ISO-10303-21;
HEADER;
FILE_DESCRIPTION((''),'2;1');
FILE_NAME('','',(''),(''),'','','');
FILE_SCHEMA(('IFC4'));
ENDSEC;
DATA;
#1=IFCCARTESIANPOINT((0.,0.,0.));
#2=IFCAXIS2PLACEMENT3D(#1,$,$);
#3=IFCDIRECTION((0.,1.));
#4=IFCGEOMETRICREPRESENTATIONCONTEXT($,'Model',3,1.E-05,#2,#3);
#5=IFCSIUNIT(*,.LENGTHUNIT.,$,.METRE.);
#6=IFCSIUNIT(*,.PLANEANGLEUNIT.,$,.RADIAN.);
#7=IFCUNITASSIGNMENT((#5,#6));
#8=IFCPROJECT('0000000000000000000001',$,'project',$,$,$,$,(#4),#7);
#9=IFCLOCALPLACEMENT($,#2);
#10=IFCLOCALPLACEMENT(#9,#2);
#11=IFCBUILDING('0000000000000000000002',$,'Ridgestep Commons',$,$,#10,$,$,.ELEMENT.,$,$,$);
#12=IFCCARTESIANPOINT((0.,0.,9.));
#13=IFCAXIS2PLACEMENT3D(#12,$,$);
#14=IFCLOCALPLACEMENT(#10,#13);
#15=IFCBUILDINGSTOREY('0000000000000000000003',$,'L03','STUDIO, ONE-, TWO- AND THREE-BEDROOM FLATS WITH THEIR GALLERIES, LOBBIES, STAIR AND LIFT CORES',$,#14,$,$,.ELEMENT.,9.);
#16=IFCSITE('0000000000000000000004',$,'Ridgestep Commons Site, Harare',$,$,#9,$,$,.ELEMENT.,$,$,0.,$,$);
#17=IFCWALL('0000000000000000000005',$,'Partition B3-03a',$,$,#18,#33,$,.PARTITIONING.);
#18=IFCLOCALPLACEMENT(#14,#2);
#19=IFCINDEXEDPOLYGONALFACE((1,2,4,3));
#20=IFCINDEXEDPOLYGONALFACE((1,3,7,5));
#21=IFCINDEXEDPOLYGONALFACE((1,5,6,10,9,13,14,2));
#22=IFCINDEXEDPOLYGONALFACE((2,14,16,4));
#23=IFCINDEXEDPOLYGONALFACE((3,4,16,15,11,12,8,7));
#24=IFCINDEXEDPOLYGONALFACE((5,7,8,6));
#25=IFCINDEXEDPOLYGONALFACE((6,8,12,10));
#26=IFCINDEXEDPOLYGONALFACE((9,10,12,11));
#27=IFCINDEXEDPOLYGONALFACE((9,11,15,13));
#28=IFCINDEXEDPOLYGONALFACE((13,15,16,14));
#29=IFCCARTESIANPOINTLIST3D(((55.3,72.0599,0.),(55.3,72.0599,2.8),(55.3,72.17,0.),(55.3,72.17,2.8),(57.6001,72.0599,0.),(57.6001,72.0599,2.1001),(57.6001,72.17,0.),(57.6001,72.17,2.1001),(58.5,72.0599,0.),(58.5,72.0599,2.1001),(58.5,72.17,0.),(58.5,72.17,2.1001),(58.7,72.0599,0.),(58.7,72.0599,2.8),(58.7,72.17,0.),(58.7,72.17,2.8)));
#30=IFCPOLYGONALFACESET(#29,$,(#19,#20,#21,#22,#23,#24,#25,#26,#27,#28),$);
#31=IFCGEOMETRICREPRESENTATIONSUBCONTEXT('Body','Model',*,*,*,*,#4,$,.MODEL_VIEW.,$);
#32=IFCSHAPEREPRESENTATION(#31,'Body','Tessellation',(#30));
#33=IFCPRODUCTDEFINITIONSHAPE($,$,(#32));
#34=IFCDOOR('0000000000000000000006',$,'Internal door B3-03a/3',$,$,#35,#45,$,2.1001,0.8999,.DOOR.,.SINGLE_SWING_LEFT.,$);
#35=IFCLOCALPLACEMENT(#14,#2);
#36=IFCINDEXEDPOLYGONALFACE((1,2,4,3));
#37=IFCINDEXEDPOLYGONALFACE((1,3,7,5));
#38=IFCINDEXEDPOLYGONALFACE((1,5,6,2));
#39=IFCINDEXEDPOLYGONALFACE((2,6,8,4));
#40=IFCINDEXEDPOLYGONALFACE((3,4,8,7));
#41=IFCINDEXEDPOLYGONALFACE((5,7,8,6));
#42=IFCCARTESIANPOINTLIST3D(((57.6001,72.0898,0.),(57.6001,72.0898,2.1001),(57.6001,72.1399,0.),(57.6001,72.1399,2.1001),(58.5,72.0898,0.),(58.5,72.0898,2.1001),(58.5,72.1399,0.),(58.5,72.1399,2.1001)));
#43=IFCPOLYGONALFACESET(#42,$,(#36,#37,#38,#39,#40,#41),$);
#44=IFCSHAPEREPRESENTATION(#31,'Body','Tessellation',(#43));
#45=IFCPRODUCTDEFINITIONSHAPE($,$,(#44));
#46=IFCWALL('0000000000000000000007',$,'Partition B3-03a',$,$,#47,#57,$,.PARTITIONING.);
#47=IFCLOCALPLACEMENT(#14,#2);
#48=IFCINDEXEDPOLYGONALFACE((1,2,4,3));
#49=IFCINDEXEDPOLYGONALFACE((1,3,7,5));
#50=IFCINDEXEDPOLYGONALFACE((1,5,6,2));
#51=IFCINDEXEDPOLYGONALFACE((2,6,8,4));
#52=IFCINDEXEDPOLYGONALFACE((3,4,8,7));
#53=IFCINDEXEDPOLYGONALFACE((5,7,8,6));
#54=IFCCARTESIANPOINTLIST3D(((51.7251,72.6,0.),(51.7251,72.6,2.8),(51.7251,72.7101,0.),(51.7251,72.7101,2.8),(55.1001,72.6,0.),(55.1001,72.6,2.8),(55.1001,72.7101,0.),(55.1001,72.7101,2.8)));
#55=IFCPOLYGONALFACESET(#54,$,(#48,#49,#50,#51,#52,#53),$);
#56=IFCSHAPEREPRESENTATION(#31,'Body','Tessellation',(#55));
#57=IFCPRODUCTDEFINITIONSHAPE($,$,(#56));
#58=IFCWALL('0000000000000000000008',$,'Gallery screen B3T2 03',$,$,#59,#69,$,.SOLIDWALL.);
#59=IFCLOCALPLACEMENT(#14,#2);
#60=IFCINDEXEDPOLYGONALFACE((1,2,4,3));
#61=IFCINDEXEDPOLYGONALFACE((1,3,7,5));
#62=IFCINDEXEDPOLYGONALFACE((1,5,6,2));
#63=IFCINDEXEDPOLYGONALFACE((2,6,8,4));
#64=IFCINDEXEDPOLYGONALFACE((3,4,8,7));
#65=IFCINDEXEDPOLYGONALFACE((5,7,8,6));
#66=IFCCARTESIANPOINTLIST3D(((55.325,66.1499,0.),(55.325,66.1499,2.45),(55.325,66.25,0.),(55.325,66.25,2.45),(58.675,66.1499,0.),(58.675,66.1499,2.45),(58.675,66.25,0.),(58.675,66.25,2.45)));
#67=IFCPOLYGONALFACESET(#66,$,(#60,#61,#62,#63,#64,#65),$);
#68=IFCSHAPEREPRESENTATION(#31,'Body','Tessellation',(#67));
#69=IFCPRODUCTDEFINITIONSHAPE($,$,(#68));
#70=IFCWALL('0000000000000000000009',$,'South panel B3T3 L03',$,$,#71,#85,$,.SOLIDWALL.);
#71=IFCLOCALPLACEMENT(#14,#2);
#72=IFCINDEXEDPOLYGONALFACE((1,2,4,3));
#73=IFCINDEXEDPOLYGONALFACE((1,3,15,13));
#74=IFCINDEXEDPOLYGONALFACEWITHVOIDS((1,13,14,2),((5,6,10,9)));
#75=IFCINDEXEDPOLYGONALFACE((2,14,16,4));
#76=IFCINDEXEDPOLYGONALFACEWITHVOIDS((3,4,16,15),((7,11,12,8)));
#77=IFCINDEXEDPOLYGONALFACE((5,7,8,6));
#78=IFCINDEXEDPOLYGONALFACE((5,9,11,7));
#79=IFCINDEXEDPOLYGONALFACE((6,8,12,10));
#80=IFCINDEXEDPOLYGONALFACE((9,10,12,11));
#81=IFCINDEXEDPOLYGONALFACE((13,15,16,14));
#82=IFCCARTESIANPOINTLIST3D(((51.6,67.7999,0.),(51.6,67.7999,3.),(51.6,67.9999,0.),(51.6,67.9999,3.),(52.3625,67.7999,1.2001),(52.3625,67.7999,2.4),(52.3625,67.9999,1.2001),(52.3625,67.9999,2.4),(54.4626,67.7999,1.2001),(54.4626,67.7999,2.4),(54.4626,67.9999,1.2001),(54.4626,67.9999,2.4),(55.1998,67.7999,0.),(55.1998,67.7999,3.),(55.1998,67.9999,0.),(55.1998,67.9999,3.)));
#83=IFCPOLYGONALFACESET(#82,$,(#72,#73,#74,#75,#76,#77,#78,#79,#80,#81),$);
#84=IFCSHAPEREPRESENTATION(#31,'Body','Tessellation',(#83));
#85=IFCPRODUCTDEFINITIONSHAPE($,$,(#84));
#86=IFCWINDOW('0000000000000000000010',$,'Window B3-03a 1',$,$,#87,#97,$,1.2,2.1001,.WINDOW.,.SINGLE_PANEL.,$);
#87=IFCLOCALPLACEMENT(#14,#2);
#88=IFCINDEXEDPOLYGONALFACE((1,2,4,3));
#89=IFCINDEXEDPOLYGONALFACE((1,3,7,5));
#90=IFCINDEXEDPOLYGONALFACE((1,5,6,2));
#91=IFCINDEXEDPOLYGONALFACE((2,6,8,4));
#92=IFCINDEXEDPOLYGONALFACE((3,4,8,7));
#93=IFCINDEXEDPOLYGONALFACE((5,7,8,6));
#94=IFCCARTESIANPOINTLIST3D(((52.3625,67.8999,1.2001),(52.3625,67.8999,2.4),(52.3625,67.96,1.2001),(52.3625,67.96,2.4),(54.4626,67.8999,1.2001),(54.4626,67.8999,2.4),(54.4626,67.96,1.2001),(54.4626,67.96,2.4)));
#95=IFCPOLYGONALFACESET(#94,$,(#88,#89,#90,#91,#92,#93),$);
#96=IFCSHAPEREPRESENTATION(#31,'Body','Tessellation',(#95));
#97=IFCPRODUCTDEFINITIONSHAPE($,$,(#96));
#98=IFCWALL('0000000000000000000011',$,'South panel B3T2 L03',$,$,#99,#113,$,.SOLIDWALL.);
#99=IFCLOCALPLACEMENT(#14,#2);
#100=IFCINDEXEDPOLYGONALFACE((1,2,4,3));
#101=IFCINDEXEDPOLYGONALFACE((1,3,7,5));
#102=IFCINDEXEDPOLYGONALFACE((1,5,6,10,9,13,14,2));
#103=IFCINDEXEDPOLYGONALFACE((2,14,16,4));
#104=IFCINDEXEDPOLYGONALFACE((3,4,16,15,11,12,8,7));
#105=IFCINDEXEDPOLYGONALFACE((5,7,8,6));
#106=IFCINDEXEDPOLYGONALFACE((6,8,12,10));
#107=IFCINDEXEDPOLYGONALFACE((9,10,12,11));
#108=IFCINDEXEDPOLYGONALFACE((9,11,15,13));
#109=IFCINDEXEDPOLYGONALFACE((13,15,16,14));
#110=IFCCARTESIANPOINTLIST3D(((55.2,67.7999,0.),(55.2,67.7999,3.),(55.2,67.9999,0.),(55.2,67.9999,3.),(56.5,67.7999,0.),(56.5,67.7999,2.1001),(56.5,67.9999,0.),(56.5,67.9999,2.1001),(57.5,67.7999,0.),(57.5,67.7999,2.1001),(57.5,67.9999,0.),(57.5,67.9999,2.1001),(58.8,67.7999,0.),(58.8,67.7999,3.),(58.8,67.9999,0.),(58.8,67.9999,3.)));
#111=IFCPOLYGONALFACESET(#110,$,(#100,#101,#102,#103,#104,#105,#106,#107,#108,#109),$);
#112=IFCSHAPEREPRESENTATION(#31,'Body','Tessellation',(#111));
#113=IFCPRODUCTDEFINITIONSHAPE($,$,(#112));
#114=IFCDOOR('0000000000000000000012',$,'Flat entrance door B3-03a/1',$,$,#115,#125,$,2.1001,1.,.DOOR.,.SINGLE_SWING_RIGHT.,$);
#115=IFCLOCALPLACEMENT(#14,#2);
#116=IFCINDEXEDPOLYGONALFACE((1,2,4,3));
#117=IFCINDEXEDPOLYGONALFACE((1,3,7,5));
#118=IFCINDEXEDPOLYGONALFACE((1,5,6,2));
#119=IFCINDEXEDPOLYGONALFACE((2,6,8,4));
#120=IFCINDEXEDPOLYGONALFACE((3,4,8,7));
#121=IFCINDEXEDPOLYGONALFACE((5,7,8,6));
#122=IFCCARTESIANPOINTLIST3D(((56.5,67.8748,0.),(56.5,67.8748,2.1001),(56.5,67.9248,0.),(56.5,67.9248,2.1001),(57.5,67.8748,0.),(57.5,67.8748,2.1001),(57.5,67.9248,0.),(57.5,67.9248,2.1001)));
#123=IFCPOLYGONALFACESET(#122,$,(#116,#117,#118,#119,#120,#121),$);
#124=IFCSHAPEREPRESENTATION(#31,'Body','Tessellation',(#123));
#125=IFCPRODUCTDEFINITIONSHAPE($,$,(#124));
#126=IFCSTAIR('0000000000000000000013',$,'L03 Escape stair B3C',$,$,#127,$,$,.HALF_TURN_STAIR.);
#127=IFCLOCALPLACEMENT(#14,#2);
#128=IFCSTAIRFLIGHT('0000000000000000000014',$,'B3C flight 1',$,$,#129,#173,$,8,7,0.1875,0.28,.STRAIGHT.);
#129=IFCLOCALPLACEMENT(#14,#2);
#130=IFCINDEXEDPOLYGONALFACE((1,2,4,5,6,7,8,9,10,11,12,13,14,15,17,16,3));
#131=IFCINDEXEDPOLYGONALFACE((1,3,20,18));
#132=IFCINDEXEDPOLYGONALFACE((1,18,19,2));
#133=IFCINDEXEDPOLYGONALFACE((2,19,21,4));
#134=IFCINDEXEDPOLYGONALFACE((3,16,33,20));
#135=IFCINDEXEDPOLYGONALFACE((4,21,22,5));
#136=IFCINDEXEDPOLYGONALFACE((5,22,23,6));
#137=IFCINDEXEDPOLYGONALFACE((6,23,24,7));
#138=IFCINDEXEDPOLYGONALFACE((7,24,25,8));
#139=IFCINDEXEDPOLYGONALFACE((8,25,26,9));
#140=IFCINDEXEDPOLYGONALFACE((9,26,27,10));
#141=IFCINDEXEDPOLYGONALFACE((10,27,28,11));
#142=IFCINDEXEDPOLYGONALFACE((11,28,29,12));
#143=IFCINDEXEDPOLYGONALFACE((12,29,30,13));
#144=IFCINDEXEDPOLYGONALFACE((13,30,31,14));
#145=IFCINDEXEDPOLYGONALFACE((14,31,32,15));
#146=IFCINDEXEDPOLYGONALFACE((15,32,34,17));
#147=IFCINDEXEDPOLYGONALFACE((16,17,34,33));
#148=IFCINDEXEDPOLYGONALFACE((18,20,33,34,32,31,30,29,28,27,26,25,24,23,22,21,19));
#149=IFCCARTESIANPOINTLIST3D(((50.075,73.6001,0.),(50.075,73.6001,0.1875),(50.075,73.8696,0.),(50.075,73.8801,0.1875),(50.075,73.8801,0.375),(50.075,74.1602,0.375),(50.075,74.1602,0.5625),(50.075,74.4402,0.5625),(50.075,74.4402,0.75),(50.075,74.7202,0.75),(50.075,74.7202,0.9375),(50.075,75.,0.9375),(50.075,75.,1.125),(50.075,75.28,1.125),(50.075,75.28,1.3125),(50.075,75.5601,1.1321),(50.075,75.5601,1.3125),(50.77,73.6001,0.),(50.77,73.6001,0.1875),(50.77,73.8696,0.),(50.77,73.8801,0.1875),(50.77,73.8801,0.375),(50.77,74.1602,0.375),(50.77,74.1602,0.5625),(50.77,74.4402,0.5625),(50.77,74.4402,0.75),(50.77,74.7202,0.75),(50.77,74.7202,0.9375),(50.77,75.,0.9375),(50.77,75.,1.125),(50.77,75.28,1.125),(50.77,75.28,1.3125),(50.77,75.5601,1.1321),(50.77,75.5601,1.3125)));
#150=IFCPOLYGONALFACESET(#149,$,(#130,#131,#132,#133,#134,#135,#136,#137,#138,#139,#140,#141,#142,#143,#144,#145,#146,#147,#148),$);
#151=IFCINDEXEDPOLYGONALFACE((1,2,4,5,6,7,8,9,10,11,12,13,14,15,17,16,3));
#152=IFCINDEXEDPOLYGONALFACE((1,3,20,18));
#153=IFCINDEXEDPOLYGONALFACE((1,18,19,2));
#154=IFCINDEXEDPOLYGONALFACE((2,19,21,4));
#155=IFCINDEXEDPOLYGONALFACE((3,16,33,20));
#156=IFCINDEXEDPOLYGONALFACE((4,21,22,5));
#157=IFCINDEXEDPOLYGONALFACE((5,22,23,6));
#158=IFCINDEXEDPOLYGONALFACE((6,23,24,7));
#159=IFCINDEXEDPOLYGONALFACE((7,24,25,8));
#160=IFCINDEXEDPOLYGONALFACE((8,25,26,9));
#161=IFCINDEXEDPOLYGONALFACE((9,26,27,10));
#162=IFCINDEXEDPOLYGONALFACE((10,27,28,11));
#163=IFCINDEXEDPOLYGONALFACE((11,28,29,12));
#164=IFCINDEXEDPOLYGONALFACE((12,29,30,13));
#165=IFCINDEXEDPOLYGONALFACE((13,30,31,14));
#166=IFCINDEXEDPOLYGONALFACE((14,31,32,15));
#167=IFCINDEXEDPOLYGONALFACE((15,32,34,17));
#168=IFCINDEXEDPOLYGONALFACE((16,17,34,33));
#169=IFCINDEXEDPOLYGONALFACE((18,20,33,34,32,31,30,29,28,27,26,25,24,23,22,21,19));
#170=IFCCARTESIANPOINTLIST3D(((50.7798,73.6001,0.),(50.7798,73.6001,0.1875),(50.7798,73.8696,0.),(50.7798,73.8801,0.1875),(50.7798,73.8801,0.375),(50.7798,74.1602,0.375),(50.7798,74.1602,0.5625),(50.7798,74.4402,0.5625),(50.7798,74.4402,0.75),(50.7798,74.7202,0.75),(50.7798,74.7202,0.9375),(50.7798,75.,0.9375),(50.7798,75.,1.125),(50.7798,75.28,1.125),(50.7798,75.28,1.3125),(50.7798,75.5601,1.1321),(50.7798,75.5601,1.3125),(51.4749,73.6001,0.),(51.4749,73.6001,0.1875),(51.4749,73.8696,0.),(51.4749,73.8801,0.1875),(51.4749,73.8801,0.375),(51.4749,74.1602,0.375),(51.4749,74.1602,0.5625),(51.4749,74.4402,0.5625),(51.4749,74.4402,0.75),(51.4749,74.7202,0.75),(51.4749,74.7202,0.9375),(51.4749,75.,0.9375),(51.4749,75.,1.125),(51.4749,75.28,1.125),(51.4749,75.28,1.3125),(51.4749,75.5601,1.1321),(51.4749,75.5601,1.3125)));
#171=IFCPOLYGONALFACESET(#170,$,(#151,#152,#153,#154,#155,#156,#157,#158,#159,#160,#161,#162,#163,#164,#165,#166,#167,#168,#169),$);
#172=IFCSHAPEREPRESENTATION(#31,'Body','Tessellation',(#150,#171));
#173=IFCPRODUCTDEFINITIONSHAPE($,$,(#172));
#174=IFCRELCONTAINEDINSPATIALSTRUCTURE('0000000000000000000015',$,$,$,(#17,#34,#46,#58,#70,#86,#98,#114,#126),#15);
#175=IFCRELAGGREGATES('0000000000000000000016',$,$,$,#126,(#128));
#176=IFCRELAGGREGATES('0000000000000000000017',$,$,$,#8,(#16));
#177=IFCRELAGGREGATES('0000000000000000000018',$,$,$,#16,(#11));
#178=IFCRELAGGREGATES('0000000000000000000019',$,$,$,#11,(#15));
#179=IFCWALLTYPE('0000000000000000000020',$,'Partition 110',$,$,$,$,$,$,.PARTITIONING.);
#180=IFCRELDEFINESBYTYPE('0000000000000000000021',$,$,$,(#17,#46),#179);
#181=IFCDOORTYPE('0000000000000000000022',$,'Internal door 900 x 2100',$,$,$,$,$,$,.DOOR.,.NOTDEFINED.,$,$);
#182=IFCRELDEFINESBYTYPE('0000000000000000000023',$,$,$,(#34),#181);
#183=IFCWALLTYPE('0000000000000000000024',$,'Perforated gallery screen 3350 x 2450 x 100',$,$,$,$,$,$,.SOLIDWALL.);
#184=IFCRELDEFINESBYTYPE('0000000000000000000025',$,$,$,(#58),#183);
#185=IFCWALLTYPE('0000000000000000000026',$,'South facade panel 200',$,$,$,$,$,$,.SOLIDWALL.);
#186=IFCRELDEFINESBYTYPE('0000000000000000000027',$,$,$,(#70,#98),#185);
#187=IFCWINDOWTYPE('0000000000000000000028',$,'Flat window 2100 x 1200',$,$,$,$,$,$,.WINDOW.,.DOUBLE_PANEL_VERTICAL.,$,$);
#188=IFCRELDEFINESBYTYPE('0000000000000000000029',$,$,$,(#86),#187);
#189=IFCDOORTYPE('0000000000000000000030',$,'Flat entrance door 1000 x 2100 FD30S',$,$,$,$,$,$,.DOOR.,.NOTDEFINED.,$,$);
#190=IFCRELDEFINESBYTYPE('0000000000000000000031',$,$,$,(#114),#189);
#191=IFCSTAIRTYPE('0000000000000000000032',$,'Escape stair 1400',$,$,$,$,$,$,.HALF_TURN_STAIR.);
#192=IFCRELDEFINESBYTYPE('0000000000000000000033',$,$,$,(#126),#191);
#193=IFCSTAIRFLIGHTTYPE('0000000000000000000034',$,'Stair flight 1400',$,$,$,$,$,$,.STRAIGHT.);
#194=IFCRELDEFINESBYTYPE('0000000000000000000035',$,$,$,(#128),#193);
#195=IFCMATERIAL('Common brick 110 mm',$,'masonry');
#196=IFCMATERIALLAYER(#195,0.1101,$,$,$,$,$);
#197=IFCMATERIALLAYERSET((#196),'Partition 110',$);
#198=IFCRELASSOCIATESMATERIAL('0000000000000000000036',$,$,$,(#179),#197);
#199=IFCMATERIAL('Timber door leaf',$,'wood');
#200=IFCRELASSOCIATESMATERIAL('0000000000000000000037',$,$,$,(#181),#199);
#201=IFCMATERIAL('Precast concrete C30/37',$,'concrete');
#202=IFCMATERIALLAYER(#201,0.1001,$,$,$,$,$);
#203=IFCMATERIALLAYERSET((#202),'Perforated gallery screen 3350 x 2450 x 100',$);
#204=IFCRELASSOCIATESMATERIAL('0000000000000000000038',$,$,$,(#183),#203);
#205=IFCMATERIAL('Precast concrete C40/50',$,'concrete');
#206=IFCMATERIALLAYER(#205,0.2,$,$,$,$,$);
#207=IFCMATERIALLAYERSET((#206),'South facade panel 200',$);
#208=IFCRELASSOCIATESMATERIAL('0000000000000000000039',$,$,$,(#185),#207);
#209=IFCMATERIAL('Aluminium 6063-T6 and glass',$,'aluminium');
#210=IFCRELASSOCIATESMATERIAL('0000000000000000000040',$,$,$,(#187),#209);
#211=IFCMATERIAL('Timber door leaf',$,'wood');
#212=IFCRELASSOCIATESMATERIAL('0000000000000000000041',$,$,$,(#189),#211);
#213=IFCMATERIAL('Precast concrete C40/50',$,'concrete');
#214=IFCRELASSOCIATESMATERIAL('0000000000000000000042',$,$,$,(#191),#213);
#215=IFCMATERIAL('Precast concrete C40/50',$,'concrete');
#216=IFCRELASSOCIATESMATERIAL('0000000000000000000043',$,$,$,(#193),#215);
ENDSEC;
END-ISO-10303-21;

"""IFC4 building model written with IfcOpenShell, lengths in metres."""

from ifc_helpers import new_model, si_unit, direction, frame, frame_2d, origin, place, context, subcontext, project, spatial, polyline, rectangle, outline, extrude, material, layer, layer_set, type_object, element, fill, aggregate, save


model = new_model("IFC4")

# Units and contexts
model_context = context("Model", 3, precision=1e-05, world=origin(), true_north=direction((0.0, 1.0)))
body_context = subcontext(model_context, "Body", "Model", "MODEL_VIEW")
ifc_project = project(units=[si_unit("LENGTHUNIT", "METRE"), si_unit("PLANEANGLEUNIT", "RADIAN")], contexts=[model_context])

# Site, building, storey
site_placement = place(None, origin())
site = spatial("IfcSite", under=ifc_project, at=site_placement, Name="Ridgestep Commons Site, Harare", CompositionType="ELEMENT", RefElevation=0.0)
building_placement = place(site_placement, origin())
building = spatial("IfcBuilding", under=site, at=building_placement, Name="Ridgestep Commons", CompositionType="ELEMENT")
storey_placement = place(building_placement, frame((0.0, 0.0, 9.0)))
storey = spatial("IfcBuildingStorey", under=building, at=storey_placement, Name="L03", Description="STUDIO, ONE-, TWO- AND THREE-BEDROOM FLATS WITH THEIR GALLERIES, LOBBIES, STAIR AND LIFT CORES", CompositionType="ELEMENT", Elevation=9.0)

# Wall, opening, door
ifc_material_1 = material(Name="Common brick 110 mm", Category="masonry")
ifc_layer_1 = layer(ifc_material_1, 0.1101)
ifc_layer_set_1 = layer_set([ifc_layer_1], Name="Partition 110")
wall_type_1 = type_object("IfcWallType", Name="Partition 110", PredefinedType="PARTITIONING", material=ifc_layer_set_1)
wall_1_placement = place(storey_placement, frame((55.3, 72.115, 0.0), z_axis=(0.0, 0.0, 1.0), x_axis=(1.0, 0.0, 0.0)))
wall_1 = element("IfcWall", 1, at=wall_1_placement, inside=storey, type_object=wall_type_1, Name="Partition B3-03a", PredefinedType="PARTITIONING", context=body_context, shape_type="SweptSolid", body=[
    extrude(rectangle(XDim=3.3999, YDim=0.1101, at=frame_2d((1.7, 0.0))), origin(), (0.0, 0.0, 1.0), 2.8),
])
opening_1_placement = place(wall_1_placement, frame((2.3, 0.0, 0.0)))
opening_1 = element("IfcOpeningElement", 2, at=opening_1_placement, cuts=wall_1, PredefinedType="OPENING", context=body_context, shape_type="SweptSolid", body=[
    extrude(rectangle(XDim=0.8999, YDim=2.1001, at=frame_2d((0.45, 1.05))), frame((0.0, 0.0649, 0.0), z_axis=(0.0, -1.0, 0.0), x_axis=(1.0, 0.0, 0.0)), (0.0, 0.0, 1.0), 0.1301),
])
ifc_material_2 = material(Name="Timber door leaf", Category="wood")
door_type_1 = type_object("IfcDoorType", Name="Internal door 900 x 2100", OperationType="NOTDEFINED", PredefinedType="DOOR", material=ifc_material_2)
door_1_placement = place(opening_1_placement, origin())
door_1 = element("IfcDoor", 3, at=door_1_placement, inside=storey, type_object=door_type_1, Name="Internal door B3-03a/3", OperationType="SINGLE_SWING_LEFT", OverallHeight=2.1001, OverallWidth=0.8999, PredefinedType="DOOR", context=body_context, shape_type="SweptSolid", body=[
    extrude(rectangle(XDim=0.8999, YDim=2.1001, at=frame_2d((0.45, 1.05))), frame((0.0, 0.0249, 0.0), z_axis=(0.0, -1.0, 0.0), x_axis=(1.0, 0.0, 0.0)), (0.0, 0.0, 1.0), 0.05),
])
fill(opening_1, door_1)

# Walls
wall_2_placement = place(storey_placement, frame((51.7251, 72.655, 0.0), z_axis=(0.0, 0.0, 1.0), x_axis=(1.0, 0.0, 0.0)))
element("IfcWall", 4, at=wall_2_placement, inside=storey, type_object=wall_type_1, Name="Partition B3-03a", PredefinedType="PARTITIONING", context=body_context, shape_type="SweptSolid", body=[
    extrude(rectangle(XDim=3.375, YDim=0.1101, at=frame_2d((1.6875, 0.0))), origin(), (0.0, 0.0, 1.0), 2.8),
])
ifc_material_3 = material(Name="Precast concrete C30/37", Category="concrete")
ifc_layer_2 = layer(ifc_material_3, 0.1001)
ifc_layer_set_2 = layer_set([ifc_layer_2], Name="Perforated gallery screen 3350 x 2450 x 100")
wall_type_2 = type_object("IfcWallType", Name="Perforated gallery screen 3350 x 2450 x 100", PredefinedType="SOLIDWALL", material=ifc_layer_set_2)
wall_3_placement = place(storey_placement, frame((55.325, 66.2, 0.0), z_axis=(0.0, 0.0, 1.0), x_axis=(1.0, 0.0, 0.0)))
element("IfcWall", 5, at=wall_3_placement, inside=storey, type_object=wall_type_2, Name="Gallery screen B3T2 03", PredefinedType="SOLIDWALL", context=body_context, shape_type="SweptSolid", body=[
    extrude(rectangle(XDim=3.3501, YDim=0.1001, at=frame_2d((1.675, 0.0))), origin(), (0.0, 0.0, 1.0), 2.45),
])

# Wall, opening, window
ifc_material_4 = material(Name="Precast concrete C40/50", Category="concrete")
ifc_layer_3 = layer(ifc_material_4, 0.2)
ifc_layer_set_3 = layer_set([ifc_layer_3], Name="South facade panel 200")
wall_type_3 = type_object("IfcWallType", Name="South facade panel 200", PredefinedType="SOLIDWALL", material=ifc_layer_set_3)
wall_4_placement = place(storey_placement, frame((51.6001, 67.8999, 0.0), z_axis=(0.0, 0.0, 1.0), x_axis=(1.0, 0.0, 0.0)))
wall_4 = element("IfcWall", 6, at=wall_4_placement, inside=storey, type_object=wall_type_3, Name="South panel B3T3 L03", PredefinedType="SOLIDWALL", context=body_context, shape_type="SweptSolid", body=[
    extrude(rectangle(XDim=3.5999, YDim=0.2, at=frame_2d((1.7998, 0.0))), origin(), (0.0, 0.0, 1.0), 3.0),
])
opening_2_placement = place(wall_4_placement, frame((0.7625, 0.0, 1.2)))
opening_2 = element("IfcOpeningElement", 7, at=opening_2_placement, cuts=wall_4, PredefinedType="OPENING", context=body_context, shape_type="SweptSolid", body=[
    extrude(rectangle(XDim=2.1001, YDim=1.2, at=frame_2d((1.05, 0.6001))), frame((0.0, 0.1099, 0.0), z_axis=(0.0, -1.0, 0.0), x_axis=(1.0, 0.0, 0.0)), (0.0, 0.0, 1.0), 0.22),
])
ifc_material_5 = material(Name="Aluminium 6063-T6 and glass", Category="aluminium")
window_type = type_object("IfcWindowType", Name="Flat window 2100 x 1200", PartitioningType="DOUBLE_PANEL_VERTICAL", PredefinedType="WINDOW", material=ifc_material_5)
window_placement = place(opening_2_placement, origin())
window = element("IfcWindow", 8, at=window_placement, inside=storey, type_object=window_type, Name="Window B3-03a 1", OverallHeight=1.2, OverallWidth=2.1001, PartitioningType="SINGLE_PANEL", PredefinedType="WINDOW", context=body_context, shape_type="SweptSolid", body=[
    extrude(rectangle(XDim=2.1001, YDim=1.2, at=frame_2d((1.05, 0.6001))), frame((0.0, 0.0601, 0.0), z_axis=(0.0, -1.0, 0.0), x_axis=(1.0, 0.0, 0.0)), (0.0, 0.0, 1.0), 0.0601),
])
fill(opening_2, window)

# Wall, opening, door
wall_5_placement = place(storey_placement, frame((55.2, 67.8999, 0.0), z_axis=(0.0, 0.0, 1.0), x_axis=(1.0, 0.0, 0.0)))
wall_5 = element("IfcWall", 9, at=wall_5_placement, inside=storey, type_object=wall_type_3, Name="South panel B3T2 L03", PredefinedType="SOLIDWALL", context=body_context, shape_type="SweptSolid", body=[
    extrude(rectangle(XDim=3.6001, YDim=0.2, at=frame_2d((1.8, 0.0))), origin(), (0.0, 0.0, 1.0), 3.0),
])
opening_3_placement = place(wall_5_placement, frame((1.3, 0.0, 0.0)))
opening_3 = element("IfcOpeningElement", 10, at=opening_3_placement, cuts=wall_5, PredefinedType="OPENING", context=body_context, shape_type="SweptSolid", body=[
    extrude(rectangle(XDim=1.0, YDim=2.1001, at=frame_2d((0.5, 1.05))), frame((0.0, 0.1099, 0.0), z_axis=(0.0, -1.0, 0.0), x_axis=(1.0, 0.0, 0.0)), (0.0, 0.0, 1.0), 0.22),
])
ifc_material_6 = material(Name="Timber door leaf", Category="wood")
door_type_2 = type_object("IfcDoorType", Name="Flat entrance door 1000 x 2100 FD30S", OperationType="NOTDEFINED", PredefinedType="DOOR", material=ifc_material_6)
door_2_placement = place(opening_3_placement, origin())
door_2 = element("IfcDoor", 11, at=door_2_placement, inside=storey, type_object=door_type_2, Name="Flat entrance door B3-03a/1", OperationType="SINGLE_SWING_RIGHT", OverallHeight=2.1001, OverallWidth=1.0, PredefinedType="DOOR", context=body_context, shape_type="SweptSolid", body=[
    extrude(rectangle(XDim=1.0, YDim=2.1001, at=frame_2d((0.5, 1.05))), frame((0.0, 0.0249, 0.0), z_axis=(0.0, -1.0, 0.0), x_axis=(1.0, 0.0, 0.0)), (0.0, 0.0, 1.0), 0.05),
])
fill(opening_3, door_2)

# Stair, stair flight
ifc_material_7 = material(Name="Precast concrete C40/50", Category="concrete")
stair_type = type_object("IfcStairType", Name="Escape stair 1400", PredefinedType="HALF_TURN_STAIR", material=ifc_material_7)
stair_placement = place(storey_placement, origin())
stair = element("IfcStair", 12, at=stair_placement, inside=storey, type_object=stair_type, Name="L03 Escape stair B3C", PredefinedType="HALF_TURN_STAIR")
ifc_material_8 = material(Name="Precast concrete C40/50", Category="concrete")
stair_flight_type = type_object("IfcStairFlightType", Name="Stair flight 1400", PredefinedType="STRAIGHT", material=ifc_material_8)
stair_flight_placement = place(storey_placement, frame((50.7749, 73.6001, 0.0), z_axis=(0.0, 0.0, 1.0), x_axis=(0.0, 1.0, 0.0)))
stair_flight = element("IfcStairFlight", 13, at=stair_flight_placement, type_object=stair_flight_type, Name="B3C flight 1", NumberOfRisers=8, NumberOfTreads=7, PredefinedType="STRAIGHT", RiserHeight=0.1875, TreadLength=0.28, context=body_context, shape_type="SweptSolid", body=[
    extrude(outline(polyline([(0.0, 0.0), (0.0, 0.1875), (0.28, 0.1875), (0.28, 0.375), (0.5601, 0.375), (0.5601, 0.5625), (0.8401, 0.5625), (0.8401, 0.75), (1.1201, 0.75), (1.1201, 0.9375), (1.3999, 0.9375), (1.3999, 1.125), (1.6799, 1.125), (1.6799, 1.3125), (1.96, 1.3125), (1.96, 1.5), (1.96, 1.1321), (0.2695, 0.0), (0.0, 0.0)])), frame((0.0, 0.7, 0.0), z_axis=(0.0, -1.0, 0.0), x_axis=(1.0, 0.0, 0.0)), (0.0, 0.0, 1.0), 0.6951),
    extrude(outline(polyline([(0.0, 0.0), (0.0, 0.1875), (0.28, 0.1875), (0.28, 0.375), (0.5601, 0.375), (0.5601, 0.5625), (0.8401, 0.5625), (0.8401, 0.75), (1.1201, 0.75), (1.1201, 0.9375), (1.3999, 0.9375), (1.3999, 1.125), (1.6799, 1.125), (1.6799, 1.3125), (1.96, 1.3125), (1.96, 1.5), (1.96, 1.1321), (0.2695, 0.0), (0.0, 0.0)])), frame((0.0, -0.0049, 0.0), z_axis=(0.0, -1.0, 0.0), x_axis=(1.0, 0.0, 0.0)), (0.0, 0.0, 1.0), 0.6951),
])
aggregate(stair, [stair_flight])

save(model, "model.ifc")
